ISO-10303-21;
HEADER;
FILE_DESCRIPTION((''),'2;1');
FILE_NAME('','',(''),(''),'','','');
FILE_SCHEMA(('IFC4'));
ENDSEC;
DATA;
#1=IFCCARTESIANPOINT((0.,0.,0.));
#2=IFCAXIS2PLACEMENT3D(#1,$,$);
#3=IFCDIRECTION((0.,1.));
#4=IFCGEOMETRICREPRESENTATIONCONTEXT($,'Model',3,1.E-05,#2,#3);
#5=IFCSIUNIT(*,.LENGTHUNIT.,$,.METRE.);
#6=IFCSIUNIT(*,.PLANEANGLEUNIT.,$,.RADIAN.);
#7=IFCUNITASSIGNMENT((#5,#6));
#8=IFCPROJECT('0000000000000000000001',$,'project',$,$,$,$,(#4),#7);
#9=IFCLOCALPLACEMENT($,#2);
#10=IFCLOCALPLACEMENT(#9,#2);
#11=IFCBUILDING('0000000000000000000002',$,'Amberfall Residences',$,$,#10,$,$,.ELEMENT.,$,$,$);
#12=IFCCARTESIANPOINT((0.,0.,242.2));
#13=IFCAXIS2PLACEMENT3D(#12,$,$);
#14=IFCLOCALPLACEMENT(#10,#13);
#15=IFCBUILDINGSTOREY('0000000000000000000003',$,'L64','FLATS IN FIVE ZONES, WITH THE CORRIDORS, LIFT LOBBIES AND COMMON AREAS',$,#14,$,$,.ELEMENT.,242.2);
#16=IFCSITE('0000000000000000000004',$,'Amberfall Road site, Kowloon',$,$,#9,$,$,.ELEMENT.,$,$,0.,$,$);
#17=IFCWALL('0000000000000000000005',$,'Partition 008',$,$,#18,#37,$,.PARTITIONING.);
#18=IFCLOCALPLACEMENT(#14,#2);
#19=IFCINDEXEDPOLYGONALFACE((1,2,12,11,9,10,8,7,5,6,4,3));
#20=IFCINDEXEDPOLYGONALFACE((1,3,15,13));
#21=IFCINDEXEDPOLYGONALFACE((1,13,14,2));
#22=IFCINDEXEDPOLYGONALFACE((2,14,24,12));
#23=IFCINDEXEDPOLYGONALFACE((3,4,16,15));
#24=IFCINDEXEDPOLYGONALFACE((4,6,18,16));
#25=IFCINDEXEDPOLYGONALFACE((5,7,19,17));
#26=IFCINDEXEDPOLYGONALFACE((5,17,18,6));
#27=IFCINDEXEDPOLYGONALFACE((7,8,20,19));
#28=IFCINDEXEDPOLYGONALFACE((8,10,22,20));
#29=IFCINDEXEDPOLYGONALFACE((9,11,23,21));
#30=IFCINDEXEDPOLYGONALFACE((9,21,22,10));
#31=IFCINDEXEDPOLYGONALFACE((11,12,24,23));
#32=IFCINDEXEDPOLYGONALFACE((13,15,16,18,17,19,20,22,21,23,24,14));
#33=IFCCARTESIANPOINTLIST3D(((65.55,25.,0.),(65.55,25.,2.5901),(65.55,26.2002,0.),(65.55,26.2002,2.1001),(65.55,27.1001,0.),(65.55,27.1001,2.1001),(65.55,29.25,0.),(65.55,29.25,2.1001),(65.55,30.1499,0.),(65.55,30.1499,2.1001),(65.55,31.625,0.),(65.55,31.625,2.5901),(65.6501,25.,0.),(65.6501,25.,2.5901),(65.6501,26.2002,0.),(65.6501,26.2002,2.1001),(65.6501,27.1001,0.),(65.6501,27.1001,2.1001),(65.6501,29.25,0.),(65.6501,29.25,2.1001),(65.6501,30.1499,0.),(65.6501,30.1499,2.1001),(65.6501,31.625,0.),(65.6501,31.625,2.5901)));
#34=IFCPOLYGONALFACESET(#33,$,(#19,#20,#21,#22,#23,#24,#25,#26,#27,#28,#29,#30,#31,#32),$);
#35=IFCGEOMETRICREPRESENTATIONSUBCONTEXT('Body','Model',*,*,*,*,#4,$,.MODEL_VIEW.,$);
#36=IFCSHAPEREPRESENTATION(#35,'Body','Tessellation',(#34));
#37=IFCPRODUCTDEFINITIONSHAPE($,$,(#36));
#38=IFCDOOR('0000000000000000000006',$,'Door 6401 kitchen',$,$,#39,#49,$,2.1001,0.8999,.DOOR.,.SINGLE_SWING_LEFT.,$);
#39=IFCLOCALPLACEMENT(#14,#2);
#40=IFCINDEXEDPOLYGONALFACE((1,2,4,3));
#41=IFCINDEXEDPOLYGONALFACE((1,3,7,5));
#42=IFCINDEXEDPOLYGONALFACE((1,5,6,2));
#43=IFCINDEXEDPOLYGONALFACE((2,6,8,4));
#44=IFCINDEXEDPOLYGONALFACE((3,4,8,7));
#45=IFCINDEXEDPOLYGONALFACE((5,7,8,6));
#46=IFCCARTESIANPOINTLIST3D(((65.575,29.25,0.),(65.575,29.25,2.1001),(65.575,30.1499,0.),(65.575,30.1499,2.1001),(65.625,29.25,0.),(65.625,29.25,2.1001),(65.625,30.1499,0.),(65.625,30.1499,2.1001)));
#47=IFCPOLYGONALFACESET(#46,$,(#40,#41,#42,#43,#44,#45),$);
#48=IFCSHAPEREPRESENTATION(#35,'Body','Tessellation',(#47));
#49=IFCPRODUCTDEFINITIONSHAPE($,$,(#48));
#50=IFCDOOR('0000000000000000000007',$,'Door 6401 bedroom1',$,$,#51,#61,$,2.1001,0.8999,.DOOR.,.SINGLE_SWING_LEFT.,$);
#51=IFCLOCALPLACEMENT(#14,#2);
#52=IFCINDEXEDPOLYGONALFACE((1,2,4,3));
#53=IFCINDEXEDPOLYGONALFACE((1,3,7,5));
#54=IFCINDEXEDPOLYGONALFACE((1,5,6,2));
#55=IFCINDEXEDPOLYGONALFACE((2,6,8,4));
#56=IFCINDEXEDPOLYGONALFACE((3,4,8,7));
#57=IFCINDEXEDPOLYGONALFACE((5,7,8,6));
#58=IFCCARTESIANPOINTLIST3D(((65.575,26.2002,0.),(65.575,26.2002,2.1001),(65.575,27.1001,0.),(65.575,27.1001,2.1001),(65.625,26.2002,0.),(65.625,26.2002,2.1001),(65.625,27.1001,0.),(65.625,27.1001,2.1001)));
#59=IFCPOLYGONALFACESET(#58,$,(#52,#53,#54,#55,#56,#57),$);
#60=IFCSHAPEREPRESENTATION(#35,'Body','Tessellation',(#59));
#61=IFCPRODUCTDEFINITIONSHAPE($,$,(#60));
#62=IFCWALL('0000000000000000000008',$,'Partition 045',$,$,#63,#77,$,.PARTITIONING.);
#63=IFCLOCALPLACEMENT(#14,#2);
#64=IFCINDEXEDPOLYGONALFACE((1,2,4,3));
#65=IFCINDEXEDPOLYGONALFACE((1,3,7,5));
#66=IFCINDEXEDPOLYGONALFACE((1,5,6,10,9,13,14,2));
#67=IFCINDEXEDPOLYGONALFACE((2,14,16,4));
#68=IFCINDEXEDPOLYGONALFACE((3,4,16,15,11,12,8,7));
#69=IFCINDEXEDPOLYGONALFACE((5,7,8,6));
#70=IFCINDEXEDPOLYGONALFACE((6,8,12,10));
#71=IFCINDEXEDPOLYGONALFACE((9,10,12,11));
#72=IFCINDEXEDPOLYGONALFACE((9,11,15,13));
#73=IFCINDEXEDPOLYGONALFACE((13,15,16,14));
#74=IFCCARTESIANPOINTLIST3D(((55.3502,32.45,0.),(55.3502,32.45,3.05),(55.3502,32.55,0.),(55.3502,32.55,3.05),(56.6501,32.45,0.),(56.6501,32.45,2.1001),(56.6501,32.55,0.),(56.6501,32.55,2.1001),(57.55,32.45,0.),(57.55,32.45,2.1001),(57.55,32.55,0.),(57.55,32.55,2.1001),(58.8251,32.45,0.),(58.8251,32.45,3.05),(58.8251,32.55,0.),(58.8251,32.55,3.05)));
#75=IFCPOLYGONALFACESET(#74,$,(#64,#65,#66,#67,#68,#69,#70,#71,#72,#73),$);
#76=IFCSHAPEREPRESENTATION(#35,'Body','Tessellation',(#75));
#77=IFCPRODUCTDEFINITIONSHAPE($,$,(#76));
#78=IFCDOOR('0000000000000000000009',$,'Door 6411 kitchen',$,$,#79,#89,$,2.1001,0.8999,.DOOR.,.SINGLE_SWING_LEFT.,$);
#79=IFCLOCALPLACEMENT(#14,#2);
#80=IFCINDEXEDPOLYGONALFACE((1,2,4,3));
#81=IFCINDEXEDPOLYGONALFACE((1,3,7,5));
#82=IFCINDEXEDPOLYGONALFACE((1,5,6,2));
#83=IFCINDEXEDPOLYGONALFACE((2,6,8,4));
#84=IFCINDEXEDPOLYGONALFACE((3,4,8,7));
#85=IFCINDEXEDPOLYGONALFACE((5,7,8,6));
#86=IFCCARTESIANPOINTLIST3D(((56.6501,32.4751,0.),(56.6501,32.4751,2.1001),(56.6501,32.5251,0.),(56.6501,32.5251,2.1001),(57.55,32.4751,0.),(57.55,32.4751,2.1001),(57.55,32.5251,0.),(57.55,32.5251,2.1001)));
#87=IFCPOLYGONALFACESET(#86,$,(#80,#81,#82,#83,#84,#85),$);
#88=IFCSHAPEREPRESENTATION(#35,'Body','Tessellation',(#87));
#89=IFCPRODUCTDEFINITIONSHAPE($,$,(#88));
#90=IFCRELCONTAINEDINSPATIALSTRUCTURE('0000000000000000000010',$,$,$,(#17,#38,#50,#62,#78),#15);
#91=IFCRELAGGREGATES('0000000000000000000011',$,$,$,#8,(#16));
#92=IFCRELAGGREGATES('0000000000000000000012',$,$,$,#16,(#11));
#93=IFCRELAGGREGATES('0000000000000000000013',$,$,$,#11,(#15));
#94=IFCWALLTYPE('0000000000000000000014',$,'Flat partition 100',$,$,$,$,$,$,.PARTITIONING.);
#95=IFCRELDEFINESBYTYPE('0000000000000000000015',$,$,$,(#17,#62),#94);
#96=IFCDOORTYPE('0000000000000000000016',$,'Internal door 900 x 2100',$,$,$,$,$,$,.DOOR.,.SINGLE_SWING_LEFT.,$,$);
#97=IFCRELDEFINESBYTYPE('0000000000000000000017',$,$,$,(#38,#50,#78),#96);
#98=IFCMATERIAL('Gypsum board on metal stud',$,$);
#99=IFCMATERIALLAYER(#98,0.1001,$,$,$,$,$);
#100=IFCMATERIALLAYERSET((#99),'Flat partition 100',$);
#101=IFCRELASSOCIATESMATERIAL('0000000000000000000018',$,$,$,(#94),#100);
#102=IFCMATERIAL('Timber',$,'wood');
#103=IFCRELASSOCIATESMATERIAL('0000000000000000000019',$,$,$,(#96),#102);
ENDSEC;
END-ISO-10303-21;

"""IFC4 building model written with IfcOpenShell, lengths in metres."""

from ifc_helpers import new_model, si_unit, direction, frame, frame_2d, origin, place, context, subcontext, project, spatial, rectangle, extrude, material, layer, layer_set, type_object, element, fill, save


model = new_model("IFC4")

# Units and contexts
model_context = context("Model", 3, precision=1e-05, world=origin(), true_north=direction((0.0, 1.0)))
body_context = subcontext(model_context, "Body", "Model", "MODEL_VIEW")
ifc_project = project(units=[si_unit("LENGTHUNIT", "METRE"), si_unit("PLANEANGLEUNIT", "RADIAN")], contexts=[model_context])

# Site, building, storey
site_placement = place(None, origin())
site = spatial("IfcSite", under=ifc_project, at=site_placement, Name="Amberfall Road site, Kowloon", CompositionType="ELEMENT", RefElevation=0.0)
building_placement = place(site_placement, origin())
building = spatial("IfcBuilding", under=site, at=building_placement, Name="Amberfall Residences", CompositionType="ELEMENT")
storey_placement = place(building_placement, frame((0.0, 0.0, 242.2)))
storey = spatial("IfcBuildingStorey", under=building, at=storey_placement, Name="L64", Description="FLATS IN FIVE ZONES, WITH THE CORRIDORS, LIFT LOBBIES AND COMMON AREAS", CompositionType="ELEMENT", Elevation=242.2)

# Wall, openings, doors
ifc_material_1 = material(Name="Gypsum board on metal stud")
ifc_layer_1 = layer(ifc_material_1, 0.1001)
ifc_layer_set_1 = layer_set([ifc_layer_1], Name="Flat partition 100")
wall_type_1 = type_object("IfcWallType", Name="Flat partition 100", PredefinedType="PARTITIONING", material=ifc_layer_set_1)
wall_1_placement = place(storey_placement, frame((65.6001, 31.625, 0.0), z_axis=(0.0, 0.0, 1.0), x_axis=(0.0, -1.0, 0.0)))
wall_1 = element("IfcWall", 1, at=wall_1_placement, inside=storey, type_object=wall_type_1, Name="Partition 008", PredefinedType="PARTITIONING", context=body_context, shape_type="SweptSolid", body=[
    extrude(rectangle(XDim=6.625, YDim=0.1001, at=frame_2d((3.3125, 0.0))), origin(), (0.0, 0.0, 1.0), 2.5901),
])
opening_1_placement = place(wall_1_placement, frame((1.4751, 0.0, 0.0)))
opening_1 = element("IfcOpeningElement", 2, at=opening_1_placement, cuts=wall_1, PredefinedType="OPENING", context=body_context, shape_type="SweptSolid", body=[
    extrude(rectangle(XDim=0.8999, YDim=2.1001, at=frame_2d((0.45, 1.05))), frame((0.0, 0.0601, 0.0), z_axis=(0.0, -1.0, 0.0), x_axis=(1.0, 0.0, 0.0)), (0.0, 0.0, 1.0), 0.1201),
])
opening_2_placement = place(wall_1_placement, frame((4.5249, 0.0, 0.0)))
opening_2 = element("IfcOpeningElement", 3, at=opening_2_placement, cuts=wall_1, PredefinedType="OPENING", context=body_context, shape_type="SweptSolid", body=[
    extrude(rectangle(XDim=0.8999, YDim=2.1001, at=frame_2d((0.45, 1.05))), frame((0.0, 0.0601, 0.0), z_axis=(0.0, -1.0, 0.0), x_axis=(1.0, 0.0, 0.0)), (0.0, 0.0, 1.0), 0.1201),
])
ifc_material_2 = material(Name="Timber", Category="wood")
door_type_1 = type_object("IfcDoorType", Name="Internal door 900 x 2100", OperationType="SINGLE_SWING_LEFT", PredefinedType="DOOR", material=ifc_material_2)
door_1_placement = place(opening_1_placement, origin())
door_1 = element("IfcDoor", 4, at=door_1_placement, inside=storey, type_object=door_type_1, Name="Door 6401 kitchen", OperationType="SINGLE_SWING_LEFT", OverallHeight=2.1001, OverallWidth=0.8999, PredefinedType="DOOR", context=body_context, shape_type="SweptSolid", body=[
    extrude(rectangle(XDim=0.8999, YDim=2.1001, at=frame_2d((0.45, 1.05))), frame((0.0, 0.0249, 0.0), z_axis=(0.0, -1.0, 0.0), x_axis=(1.0, 0.0, 0.0)), (0.0, 0.0, 1.0), 0.05),
])
fill(opening_1, door_1)
door_2_placement = place(opening_2_placement, origin())
door_2 = element("IfcDoor", 5, at=door_2_placement, inside=storey, type_object=door_type_1, Name="Door 6401 bedroom1", OperationType="SINGLE_SWING_LEFT", OverallHeight=2.1001, OverallWidth=0.8999, PredefinedType="DOOR", context=body_context, shape_type="SweptSolid", body=[
    extrude(rectangle(XDim=0.8999, YDim=2.1001, at=frame_2d((0.45, 1.05))), frame((0.0, 0.0249, 0.0), z_axis=(0.0, -1.0, 0.0), x_axis=(1.0, 0.0, 0.0)), (0.0, 0.0, 1.0), 0.05),
])
fill(opening_2, door_2)

# Wall, opening, door
wall_2_placement = place(storey_placement, frame((58.825, 32.5, 0.0), z_axis=(0.0, 0.0, 1.0), x_axis=(-1.0, 0.0, 0.0)))
wall_2 = element("IfcWall", 6, at=wall_2_placement, inside=storey, type_object=wall_type_1, Name="Partition 045", PredefinedType="PARTITIONING", context=body_context, shape_type="SweptSolid", body=[
    extrude(rectangle(XDim=3.4749, YDim=0.1001, at=frame_2d((1.7373, 0.0))), origin(), (0.0, 0.0, 1.0), 3.05),
])
opening_3_placement = place(wall_2_placement, frame((1.2749, 0.0, 0.0)))
opening_3 = element("IfcOpeningElement", 7, at=opening_3_placement, cuts=wall_2, PredefinedType="OPENING", context=body_context, shape_type="SweptSolid", body=[
    extrude(rectangle(XDim=0.8999, YDim=2.1001, at=frame_2d((0.45, 1.05))), frame((0.0, 0.0601, 0.0), z_axis=(0.0, -1.0, 0.0), x_axis=(1.0, 0.0, 0.0)), (0.0, 0.0, 1.0), 0.1201),
])
door_3_placement = place(opening_3_placement, origin())
door_3 = element("IfcDoor", 8, at=door_3_placement, inside=storey, type_object=door_type_1, Name="Door 6411 kitchen", OperationType="SINGLE_SWING_LEFT", OverallHeight=2.1001, OverallWidth=0.8999, PredefinedType="DOOR", context=body_context, shape_type="SweptSolid", body=[
    extrude(rectangle(XDim=0.8999, YDim=2.1001, at=frame_2d((0.45, 1.05))), frame((0.0, 0.0249, 0.0), z_axis=(0.0, -1.0, 0.0), x_axis=(1.0, 0.0, 0.0)), (0.0, 0.0, 1.0), 0.05),
])
fill(opening_3, door_3)

save(model, "model.ifc")
